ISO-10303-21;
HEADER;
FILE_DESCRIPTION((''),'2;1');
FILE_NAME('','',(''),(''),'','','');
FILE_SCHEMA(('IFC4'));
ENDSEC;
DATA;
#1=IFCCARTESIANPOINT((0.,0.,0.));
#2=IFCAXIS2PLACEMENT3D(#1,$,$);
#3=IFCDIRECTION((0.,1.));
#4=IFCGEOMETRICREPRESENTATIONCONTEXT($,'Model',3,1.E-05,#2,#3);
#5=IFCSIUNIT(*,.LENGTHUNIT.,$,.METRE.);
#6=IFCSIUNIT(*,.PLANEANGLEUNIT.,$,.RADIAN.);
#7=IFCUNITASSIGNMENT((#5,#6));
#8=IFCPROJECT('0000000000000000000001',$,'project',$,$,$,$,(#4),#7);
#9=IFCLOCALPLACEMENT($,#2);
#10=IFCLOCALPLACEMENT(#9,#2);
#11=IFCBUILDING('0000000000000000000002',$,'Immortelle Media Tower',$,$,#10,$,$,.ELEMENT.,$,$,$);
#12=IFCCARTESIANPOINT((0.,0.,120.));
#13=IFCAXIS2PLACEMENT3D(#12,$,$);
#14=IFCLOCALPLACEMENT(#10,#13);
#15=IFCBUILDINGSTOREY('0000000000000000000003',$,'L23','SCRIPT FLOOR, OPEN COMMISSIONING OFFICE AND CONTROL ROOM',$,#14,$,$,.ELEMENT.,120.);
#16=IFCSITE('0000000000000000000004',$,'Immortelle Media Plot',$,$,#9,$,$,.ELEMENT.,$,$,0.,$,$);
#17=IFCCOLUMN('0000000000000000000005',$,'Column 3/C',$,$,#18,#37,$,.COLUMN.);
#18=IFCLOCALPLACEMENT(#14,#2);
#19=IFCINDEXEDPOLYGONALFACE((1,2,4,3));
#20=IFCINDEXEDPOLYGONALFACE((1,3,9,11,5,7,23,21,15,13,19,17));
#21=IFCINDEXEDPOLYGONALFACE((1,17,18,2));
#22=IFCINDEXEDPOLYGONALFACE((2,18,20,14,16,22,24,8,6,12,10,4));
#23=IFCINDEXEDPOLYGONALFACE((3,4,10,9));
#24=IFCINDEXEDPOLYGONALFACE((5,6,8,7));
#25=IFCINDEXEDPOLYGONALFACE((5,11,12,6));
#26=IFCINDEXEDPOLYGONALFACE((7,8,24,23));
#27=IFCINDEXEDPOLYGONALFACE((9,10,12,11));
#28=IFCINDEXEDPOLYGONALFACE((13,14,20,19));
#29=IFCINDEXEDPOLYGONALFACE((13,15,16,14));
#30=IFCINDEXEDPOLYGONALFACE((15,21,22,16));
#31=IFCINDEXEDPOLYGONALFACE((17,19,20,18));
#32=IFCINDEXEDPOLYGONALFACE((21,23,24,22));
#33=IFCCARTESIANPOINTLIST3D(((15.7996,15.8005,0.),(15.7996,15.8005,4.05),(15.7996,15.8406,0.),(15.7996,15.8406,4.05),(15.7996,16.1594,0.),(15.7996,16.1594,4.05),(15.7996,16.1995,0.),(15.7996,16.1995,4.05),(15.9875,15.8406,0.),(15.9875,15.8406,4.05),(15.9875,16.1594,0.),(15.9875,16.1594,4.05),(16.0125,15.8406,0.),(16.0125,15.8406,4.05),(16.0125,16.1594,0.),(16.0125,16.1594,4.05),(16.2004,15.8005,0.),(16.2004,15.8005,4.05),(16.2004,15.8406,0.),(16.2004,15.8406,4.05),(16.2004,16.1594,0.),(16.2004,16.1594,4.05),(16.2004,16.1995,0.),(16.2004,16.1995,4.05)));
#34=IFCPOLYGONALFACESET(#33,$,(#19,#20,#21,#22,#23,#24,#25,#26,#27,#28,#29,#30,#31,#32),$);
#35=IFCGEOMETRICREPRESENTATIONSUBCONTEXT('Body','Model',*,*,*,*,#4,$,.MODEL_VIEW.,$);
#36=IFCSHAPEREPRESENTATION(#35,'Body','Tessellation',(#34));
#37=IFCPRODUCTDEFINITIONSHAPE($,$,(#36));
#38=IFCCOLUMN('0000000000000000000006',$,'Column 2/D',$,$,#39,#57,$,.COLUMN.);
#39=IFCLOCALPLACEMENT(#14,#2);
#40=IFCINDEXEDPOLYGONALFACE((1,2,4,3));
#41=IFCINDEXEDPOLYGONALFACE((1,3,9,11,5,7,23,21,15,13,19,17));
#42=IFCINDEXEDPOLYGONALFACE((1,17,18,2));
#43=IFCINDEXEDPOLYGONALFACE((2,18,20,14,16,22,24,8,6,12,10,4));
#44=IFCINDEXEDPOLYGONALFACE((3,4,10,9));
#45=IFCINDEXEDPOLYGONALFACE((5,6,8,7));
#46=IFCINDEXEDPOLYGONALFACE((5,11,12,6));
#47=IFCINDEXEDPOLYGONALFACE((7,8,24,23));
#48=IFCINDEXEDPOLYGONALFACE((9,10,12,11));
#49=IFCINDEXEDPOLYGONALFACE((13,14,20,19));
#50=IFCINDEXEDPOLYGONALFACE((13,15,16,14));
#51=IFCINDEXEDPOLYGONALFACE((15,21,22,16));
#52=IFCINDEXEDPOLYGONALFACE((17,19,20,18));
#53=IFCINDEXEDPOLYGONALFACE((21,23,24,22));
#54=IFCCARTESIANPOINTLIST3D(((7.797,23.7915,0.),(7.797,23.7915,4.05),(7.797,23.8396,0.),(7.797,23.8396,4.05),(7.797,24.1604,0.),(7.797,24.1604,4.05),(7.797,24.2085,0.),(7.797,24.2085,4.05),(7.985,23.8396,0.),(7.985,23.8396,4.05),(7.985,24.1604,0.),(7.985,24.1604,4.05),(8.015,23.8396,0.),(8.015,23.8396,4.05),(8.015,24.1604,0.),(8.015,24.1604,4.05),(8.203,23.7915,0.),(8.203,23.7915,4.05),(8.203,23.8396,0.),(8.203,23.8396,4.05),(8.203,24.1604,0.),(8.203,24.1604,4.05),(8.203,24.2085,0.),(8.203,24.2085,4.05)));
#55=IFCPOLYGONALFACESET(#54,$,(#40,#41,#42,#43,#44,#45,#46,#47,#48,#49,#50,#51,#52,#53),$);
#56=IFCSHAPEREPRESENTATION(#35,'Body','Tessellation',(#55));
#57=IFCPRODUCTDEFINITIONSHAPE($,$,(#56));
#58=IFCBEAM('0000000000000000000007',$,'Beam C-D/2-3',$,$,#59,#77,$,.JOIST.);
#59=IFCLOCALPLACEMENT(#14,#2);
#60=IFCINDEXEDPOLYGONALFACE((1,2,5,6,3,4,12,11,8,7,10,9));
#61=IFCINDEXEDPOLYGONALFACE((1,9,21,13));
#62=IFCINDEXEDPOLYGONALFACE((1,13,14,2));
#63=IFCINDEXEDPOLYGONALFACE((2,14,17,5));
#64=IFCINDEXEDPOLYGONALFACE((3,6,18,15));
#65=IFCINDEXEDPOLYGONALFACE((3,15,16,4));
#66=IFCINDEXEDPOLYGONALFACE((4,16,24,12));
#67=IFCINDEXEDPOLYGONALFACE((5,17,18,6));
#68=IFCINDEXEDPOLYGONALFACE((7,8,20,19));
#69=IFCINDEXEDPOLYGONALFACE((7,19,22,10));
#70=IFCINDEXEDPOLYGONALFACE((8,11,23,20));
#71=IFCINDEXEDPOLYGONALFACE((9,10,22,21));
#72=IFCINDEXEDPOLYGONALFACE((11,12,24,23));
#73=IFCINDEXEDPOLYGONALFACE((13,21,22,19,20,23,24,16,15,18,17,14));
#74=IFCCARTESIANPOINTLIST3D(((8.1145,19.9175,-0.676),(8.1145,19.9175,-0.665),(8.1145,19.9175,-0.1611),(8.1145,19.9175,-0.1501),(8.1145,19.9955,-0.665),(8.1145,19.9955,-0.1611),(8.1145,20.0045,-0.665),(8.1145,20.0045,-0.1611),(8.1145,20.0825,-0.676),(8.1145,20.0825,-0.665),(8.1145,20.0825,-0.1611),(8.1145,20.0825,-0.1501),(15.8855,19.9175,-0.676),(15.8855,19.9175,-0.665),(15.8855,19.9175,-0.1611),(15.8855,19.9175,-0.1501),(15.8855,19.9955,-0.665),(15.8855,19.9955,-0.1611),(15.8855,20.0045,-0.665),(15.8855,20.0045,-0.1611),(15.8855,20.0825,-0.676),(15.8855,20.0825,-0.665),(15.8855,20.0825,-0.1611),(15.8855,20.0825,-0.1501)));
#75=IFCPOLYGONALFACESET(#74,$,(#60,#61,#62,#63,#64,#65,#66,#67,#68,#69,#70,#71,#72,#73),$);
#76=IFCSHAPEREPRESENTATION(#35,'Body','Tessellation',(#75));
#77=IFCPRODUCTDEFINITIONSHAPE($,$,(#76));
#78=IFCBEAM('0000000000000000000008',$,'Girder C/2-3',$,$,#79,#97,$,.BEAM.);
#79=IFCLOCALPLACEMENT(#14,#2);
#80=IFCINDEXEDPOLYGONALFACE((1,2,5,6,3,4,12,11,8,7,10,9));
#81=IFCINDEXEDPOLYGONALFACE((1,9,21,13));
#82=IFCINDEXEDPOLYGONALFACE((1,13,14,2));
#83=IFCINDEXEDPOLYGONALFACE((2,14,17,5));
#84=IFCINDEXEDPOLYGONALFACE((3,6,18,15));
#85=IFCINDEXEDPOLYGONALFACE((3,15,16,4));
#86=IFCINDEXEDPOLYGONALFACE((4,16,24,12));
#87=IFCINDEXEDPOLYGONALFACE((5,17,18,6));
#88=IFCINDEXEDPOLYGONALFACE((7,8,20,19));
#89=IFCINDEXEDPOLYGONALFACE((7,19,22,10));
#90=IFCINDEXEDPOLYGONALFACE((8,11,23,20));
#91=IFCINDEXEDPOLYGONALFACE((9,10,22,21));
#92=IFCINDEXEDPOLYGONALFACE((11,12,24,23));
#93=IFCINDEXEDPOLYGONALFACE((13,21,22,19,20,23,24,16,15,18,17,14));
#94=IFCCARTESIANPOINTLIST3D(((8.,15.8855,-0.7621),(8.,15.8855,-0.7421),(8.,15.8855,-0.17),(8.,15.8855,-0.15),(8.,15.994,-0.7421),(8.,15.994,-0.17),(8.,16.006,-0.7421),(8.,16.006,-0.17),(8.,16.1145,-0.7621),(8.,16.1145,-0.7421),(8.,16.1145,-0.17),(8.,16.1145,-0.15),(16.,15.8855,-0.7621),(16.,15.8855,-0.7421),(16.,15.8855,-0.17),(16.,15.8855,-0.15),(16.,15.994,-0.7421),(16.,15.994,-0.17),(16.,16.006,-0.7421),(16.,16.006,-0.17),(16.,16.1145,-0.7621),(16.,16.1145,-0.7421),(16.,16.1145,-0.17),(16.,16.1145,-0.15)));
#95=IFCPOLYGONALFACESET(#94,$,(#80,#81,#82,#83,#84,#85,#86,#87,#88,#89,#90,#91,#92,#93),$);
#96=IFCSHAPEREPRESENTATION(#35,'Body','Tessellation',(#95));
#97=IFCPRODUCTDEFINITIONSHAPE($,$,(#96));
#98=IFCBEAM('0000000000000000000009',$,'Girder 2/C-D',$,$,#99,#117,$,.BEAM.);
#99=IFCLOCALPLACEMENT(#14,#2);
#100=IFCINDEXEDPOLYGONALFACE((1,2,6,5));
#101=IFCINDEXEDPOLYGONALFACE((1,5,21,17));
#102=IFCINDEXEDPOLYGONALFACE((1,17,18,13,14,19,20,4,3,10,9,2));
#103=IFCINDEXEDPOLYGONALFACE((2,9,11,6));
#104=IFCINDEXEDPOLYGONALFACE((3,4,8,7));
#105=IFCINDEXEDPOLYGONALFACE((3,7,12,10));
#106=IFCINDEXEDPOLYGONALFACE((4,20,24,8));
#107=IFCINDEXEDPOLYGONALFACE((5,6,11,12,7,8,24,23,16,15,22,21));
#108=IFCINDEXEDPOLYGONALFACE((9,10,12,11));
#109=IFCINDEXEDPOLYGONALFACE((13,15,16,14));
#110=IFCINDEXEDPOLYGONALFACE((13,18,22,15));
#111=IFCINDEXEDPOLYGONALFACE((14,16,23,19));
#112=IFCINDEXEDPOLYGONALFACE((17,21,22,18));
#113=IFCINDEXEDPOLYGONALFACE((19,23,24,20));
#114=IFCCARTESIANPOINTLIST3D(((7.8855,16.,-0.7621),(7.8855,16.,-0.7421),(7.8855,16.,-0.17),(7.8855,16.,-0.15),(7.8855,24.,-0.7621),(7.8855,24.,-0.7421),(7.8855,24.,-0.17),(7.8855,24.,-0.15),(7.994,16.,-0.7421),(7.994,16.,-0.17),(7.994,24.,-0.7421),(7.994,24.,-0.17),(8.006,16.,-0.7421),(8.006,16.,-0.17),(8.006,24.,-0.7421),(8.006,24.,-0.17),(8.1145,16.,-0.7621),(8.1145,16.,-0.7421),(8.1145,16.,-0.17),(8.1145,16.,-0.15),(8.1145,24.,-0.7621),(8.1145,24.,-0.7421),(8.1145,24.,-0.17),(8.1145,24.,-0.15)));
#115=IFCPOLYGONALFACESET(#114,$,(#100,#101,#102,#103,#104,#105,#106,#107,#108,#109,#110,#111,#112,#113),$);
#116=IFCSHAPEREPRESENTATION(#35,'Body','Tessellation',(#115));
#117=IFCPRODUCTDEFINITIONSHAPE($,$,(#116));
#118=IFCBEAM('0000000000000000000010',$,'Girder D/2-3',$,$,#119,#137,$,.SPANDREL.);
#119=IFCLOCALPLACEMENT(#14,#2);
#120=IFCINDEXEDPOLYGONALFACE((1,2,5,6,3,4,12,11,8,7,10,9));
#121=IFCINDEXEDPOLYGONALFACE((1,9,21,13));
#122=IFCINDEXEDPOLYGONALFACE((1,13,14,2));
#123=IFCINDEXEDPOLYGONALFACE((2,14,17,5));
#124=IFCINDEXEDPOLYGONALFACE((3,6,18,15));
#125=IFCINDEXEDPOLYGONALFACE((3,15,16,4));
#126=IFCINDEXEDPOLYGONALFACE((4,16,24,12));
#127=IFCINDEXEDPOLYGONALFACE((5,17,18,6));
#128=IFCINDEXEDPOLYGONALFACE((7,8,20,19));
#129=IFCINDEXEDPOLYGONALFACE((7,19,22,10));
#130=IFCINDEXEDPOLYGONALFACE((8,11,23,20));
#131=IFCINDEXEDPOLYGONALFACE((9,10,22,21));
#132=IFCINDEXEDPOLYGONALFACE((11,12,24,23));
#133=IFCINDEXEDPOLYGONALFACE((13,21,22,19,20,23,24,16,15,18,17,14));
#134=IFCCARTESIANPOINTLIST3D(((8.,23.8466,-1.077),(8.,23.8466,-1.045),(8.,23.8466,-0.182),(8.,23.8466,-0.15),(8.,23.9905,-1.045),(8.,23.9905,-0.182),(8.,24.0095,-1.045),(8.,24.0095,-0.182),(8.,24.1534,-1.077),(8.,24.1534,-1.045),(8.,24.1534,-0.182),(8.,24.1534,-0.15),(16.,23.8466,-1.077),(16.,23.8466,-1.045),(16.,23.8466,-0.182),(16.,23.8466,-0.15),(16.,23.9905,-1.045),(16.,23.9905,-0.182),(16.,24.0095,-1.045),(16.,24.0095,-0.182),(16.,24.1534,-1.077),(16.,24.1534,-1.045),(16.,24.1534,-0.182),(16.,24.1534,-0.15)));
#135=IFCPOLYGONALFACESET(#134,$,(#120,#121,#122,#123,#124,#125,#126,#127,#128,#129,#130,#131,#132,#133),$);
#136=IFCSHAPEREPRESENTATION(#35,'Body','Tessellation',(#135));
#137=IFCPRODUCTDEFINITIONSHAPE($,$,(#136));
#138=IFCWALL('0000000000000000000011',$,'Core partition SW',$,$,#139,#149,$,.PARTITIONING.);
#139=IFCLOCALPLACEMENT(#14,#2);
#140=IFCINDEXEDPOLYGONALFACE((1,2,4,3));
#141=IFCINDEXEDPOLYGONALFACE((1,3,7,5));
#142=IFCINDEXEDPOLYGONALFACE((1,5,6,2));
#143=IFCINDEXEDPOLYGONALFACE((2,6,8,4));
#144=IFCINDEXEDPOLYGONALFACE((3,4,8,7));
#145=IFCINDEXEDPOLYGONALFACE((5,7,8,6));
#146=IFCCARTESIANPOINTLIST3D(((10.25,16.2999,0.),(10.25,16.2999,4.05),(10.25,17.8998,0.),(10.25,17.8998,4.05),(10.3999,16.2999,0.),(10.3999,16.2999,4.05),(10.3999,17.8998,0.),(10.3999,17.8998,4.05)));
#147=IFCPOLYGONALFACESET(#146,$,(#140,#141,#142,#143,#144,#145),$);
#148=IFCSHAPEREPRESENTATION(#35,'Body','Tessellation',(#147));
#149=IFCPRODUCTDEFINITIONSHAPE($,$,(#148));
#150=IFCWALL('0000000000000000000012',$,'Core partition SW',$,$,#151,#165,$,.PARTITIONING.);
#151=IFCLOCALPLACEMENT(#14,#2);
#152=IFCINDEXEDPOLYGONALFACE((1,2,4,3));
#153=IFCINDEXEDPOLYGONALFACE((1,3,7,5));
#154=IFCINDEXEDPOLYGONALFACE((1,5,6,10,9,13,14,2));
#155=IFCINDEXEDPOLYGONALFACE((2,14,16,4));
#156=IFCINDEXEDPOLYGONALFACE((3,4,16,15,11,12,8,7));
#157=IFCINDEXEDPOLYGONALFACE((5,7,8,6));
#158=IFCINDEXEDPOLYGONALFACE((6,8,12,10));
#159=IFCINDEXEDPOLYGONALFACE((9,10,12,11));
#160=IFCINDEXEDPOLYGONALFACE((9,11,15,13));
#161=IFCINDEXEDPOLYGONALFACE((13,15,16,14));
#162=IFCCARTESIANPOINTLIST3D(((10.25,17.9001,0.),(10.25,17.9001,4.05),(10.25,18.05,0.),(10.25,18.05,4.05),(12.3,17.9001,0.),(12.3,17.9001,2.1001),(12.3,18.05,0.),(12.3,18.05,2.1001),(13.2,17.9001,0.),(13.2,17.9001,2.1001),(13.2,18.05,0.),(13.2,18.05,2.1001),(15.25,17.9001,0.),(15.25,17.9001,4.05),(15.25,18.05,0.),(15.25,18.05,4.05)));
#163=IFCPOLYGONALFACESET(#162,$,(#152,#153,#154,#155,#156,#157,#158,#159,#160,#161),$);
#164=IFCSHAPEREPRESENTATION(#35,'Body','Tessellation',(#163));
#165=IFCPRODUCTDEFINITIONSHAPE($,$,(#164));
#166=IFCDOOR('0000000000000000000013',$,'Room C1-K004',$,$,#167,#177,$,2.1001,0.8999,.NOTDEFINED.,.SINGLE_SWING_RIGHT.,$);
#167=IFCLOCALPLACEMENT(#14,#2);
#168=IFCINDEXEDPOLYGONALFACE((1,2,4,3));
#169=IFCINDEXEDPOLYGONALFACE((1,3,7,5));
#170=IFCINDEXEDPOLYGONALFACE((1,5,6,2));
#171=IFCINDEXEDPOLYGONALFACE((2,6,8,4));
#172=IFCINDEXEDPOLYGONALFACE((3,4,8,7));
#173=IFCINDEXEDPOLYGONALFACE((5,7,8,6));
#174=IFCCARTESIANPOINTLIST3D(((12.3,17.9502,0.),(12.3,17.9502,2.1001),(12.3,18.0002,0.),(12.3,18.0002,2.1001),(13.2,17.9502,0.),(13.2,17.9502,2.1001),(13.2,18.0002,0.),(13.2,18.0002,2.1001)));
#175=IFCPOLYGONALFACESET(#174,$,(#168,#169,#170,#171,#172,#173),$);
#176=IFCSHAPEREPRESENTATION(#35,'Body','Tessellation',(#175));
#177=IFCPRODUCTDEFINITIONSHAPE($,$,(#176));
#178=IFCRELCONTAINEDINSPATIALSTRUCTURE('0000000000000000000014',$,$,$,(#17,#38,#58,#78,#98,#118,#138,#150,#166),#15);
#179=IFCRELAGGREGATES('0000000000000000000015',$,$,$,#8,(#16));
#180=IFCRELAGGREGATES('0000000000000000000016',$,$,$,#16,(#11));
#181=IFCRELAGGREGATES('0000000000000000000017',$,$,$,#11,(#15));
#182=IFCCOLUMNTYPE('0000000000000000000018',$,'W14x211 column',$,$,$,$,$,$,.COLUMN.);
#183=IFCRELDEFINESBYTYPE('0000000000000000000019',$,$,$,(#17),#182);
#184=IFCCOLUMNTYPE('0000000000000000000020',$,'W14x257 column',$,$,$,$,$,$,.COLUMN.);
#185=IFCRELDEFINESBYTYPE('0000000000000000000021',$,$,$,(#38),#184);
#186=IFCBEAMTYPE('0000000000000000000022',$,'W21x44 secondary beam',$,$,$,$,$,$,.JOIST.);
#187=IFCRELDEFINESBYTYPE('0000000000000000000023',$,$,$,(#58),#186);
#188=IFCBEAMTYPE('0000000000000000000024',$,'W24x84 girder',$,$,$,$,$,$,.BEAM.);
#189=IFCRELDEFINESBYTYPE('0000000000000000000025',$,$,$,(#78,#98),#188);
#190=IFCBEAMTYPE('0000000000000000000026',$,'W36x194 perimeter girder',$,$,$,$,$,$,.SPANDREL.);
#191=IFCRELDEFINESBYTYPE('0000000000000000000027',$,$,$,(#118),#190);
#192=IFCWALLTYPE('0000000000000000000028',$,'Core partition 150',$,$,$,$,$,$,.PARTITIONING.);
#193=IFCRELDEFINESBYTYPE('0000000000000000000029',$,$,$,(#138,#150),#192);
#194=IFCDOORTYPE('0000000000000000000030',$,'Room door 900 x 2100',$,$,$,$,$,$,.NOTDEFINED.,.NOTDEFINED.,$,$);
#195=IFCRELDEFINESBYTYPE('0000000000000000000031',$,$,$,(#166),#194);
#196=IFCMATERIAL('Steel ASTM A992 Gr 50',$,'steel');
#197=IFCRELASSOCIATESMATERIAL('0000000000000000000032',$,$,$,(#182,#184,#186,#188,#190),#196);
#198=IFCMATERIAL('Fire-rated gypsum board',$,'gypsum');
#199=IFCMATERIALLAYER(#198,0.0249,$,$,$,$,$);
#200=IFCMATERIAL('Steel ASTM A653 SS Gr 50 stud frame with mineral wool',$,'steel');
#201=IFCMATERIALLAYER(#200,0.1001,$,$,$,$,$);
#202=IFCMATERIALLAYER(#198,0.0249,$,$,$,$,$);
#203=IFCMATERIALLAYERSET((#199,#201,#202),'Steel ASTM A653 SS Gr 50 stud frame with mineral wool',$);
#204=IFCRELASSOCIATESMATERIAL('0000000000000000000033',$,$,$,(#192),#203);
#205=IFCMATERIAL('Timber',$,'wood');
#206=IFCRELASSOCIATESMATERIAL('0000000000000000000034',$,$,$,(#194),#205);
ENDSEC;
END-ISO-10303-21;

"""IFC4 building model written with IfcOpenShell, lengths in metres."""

from ifc_helpers import new_model, si_unit, direction, frame, frame_2d, origin, origin_2d, place, context, subcontext, project, spatial, rectangle, i_section, extrude, material, layer, layer_set, material_profile, profile_set, type_object, element, fill, save


model = new_model("IFC4")

# Units and contexts
model_context = context("Model", 3, precision=1e-05, world=origin(), true_north=direction((0.0, 1.0)))
body_context = subcontext(model_context, "Body", "Model", "MODEL_VIEW")
ifc_project = project(units=[si_unit("LENGTHUNIT", "METRE"), si_unit("PLANEANGLEUNIT", "RADIAN")], contexts=[model_context])

# Site, building, storey
site_placement = place(None, origin())
site = spatial("IfcSite", under=ifc_project, at=site_placement, Name="Immortelle Media Plot", CompositionType="ELEMENT", RefElevation=0.0)
building_placement = place(site_placement, origin())
building = spatial("IfcBuilding", under=site, at=building_placement, Name="Immortelle Media Tower", CompositionType="ELEMENT")
storey_placement = place(building_placement, frame((0.0, 0.0, 120.0)))
storey = spatial("IfcBuildingStorey", under=building, at=storey_placement, Name="L23", Description="SCRIPT FLOOR, OPEN COMMISSIONING OFFICE AND CONTROL ROOM", CompositionType="ELEMENT", Elevation=120.0)

# Columns
ifc_material_1 = material(Name="Steel ASTM A992 Gr 50", Category="steel")
ifc_material_profile_1 = material_profile(ifc_material_1, i_section(OverallWidth=0.4009, OverallDepth=0.3989, WebThickness=0.0249, FlangeThickness=0.04, at=origin_2d()), Name="W14x211")
ifc_profile_set_1 = profile_set([ifc_material_profile_1], Name="Steel ASTM A992 Gr 50")
column_type_1 = type_object("IfcColumnType", Name="W14x211 column", PredefinedType="COLUMN", material=ifc_profile_set_1)
column_1_placement = place(storey_placement, frame((16.0, 16.0, 0.0), z_axis=(0.0, 0.0, 1.0), x_axis=(1.0, 0.0, 0.0)))
element("IfcColumn", 1, at=column_1_placement, inside=storey, type_object=column_type_1, Name="Column 3/C", PredefinedType="COLUMN", context=body_context, shape_type="SweptSolid", body=[
    extrude(i_section(OverallWidth=0.4009, OverallDepth=0.3989, WebThickness=0.0249, FlangeThickness=0.04, at=origin_2d()), origin(), (0.0, 0.0, 1.0), 4.05),
])
ifc_material_profile_2 = material_profile(ifc_material_1, i_section(OverallWidth=0.406, OverallDepth=0.417, WebThickness=0.03, FlangeThickness=0.0481, at=origin_2d()), Name="W14x257")
ifc_profile_set_2 = profile_set([ifc_material_profile_2], Name="Steel ASTM A992 Gr 50")
column_type_2 = type_object("IfcColumnType", Name="W14x257 column", PredefinedType="COLUMN", material=ifc_profile_set_2)
column_2_placement = place(storey_placement, frame((8.0, 24.0, 0.0), z_axis=(0.0, 0.0, 1.0), x_axis=(1.0, 0.0, 0.0)))
element("IfcColumn", 2, at=column_2_placement, inside=storey, type_object=column_type_2, Name="Column 2/D", PredefinedType="COLUMN", context=body_context, shape_type="SweptSolid", body=[
    extrude(i_section(OverallWidth=0.406, OverallDepth=0.417, WebThickness=0.03, FlangeThickness=0.0481, at=origin_2d()), origin(), (0.0, 0.0, 1.0), 4.05),
])

# Beams
ifc_material_profile_3 = material_profile(ifc_material_1, i_section(OverallWidth=0.165, OverallDepth=0.5259, WebThickness=0.009, FlangeThickness=0.011, at=origin_2d()), Name="W21x44")
ifc_profile_set_3 = profile_set([ifc_material_profile_3], Name="Steel ASTM A992 Gr 50")
beam_type_1 = type_object("IfcBeamType", Name="W21x44 secondary beam", PredefinedType="JOIST", material=ifc_profile_set_3)
beam_1_placement = place(storey_placement, frame((8.1145, 20.0, -0.4131), z_axis=(1.0, 0.0, 0.0), x_axis=(0.0, 1.0, 0.0)))
element("IfcBeam", 3, at=beam_1_placement, inside=storey, type_object=beam_type_1, Name="Beam C-D/2-3", PredefinedType="JOIST", context=body_context, shape_type="SweptSolid", body=[
    extrude(i_section(OverallWidth=0.165, OverallDepth=0.5259, WebThickness=0.009, FlangeThickness=0.011, at=origin_2d()), origin(), (0.0, 0.0, 1.0), 7.771),
])
ifc_material_profile_4 = material_profile(ifc_material_1, i_section(OverallWidth=0.229, OverallDepth=0.6121, WebThickness=0.012, FlangeThickness=0.02, at=origin_2d()), Name="W24x84")
ifc_profile_set_4 = profile_set([ifc_material_profile_4], Name="Steel ASTM A992 Gr 50")
beam_type_2 = type_object("IfcBeamType", Name="W24x84 girder", PredefinedType="BEAM", material=ifc_profile_set_4)
for number, where, z_axis, x_axis, name in (
    (4, (8.0, 16.0, -0.4561), (1.0, 0.0, 0.0), (0.0, 1.0, 0.0), "Girder C/2-3"),
    (5, (8.0, 16.0, -0.4561), (0.0, 1.0, 0.0), (-1.0, 0.0, 0.0), "Girder 2/C-D"),
):
    element("IfcBeam", number, at=place(storey_placement, frame(where, z_axis=z_axis, x_axis=x_axis)), inside=storey, type_object=beam_type_2, Name=name, PredefinedType="BEAM", context=body_context, shape_type="SweptSolid", body=[
        extrude(i_section(OverallWidth=0.229, OverallDepth=0.6121, WebThickness=0.012, FlangeThickness=0.02, at=origin_2d()), origin(), (0.0, 0.0, 1.0), 8.0),
    ])
ifc_material_profile_5 = material_profile(ifc_material_1, i_section(OverallWidth=0.3069, OverallDepth=0.927, WebThickness=0.019, FlangeThickness=0.032, at=origin_2d()), Name="W36x194")
ifc_profile_set_5 = profile_set([ifc_material_profile_5], Name="Steel ASTM A992 Gr 50")
beam_type_3 = type_object("IfcBeamType", Name="W36x194 perimeter girder", PredefinedType="SPANDREL", material=ifc_profile_set_5)
beam_2_placement = place(storey_placement, frame((8.0, 24.0, -0.6135), z_axis=(1.0, 0.0, 0.0), x_axis=(0.0, 1.0, 0.0)))
element("IfcBeam", 6, at=beam_2_placement, inside=storey, type_object=beam_type_3, Name="Girder D/2-3", PredefinedType="SPANDREL", context=body_context, shape_type="SweptSolid", body=[
    extrude(i_section(OverallWidth=0.3069, OverallDepth=0.927, WebThickness=0.019, FlangeThickness=0.032, at=origin_2d()), origin(), (0.0, 0.0, 1.0), 8.0),
])

# Wall
ifc_material_2 = material(Name="Fire-rated gypsum board", Category="gypsum")
ifc_layer_1 = layer(ifc_material_2, 0.0249)
ifc_material_3 = material(Name="Steel ASTM A653 SS Gr 50 stud frame with mineral wool", Category="steel")
ifc_layer_2 = layer(ifc_material_3, 0.1001)
ifc_layer_3 = layer(ifc_material_2, 0.0249)
ifc_layer_set_1 = layer_set([ifc_layer_1, ifc_layer_2, ifc_layer_3], Name="Steel ASTM A653 SS Gr 50 stud frame with mineral wool")
wall_type_1 = type_object("IfcWallType", Name="Core partition 150", PredefinedType="PARTITIONING", material=ifc_layer_set_1)
wall_1_placement = place(storey_placement, frame((10.325, 16.3, 0.0), z_axis=(0.0, 0.0, 1.0), x_axis=(0.0, 1.0, 0.0)))
element("IfcWall", 7, at=wall_1_placement, inside=storey, type_object=wall_type_1, Name="Core partition SW", PredefinedType="PARTITIONING", context=body_context, shape_type="SweptSolid", body=[
    extrude(rectangle(XDim=1.5999, YDim=0.1499, at=frame_2d((0.7998, 0.0))), origin(), (0.0, 0.0, 1.0), 4.05),
])

# Wall, opening, door
wall_2_placement = place(storey_placement, frame((10.25, 17.9751, 0.0), z_axis=(0.0, 0.0, 1.0), x_axis=(1.0, 0.0, 0.0)))
wall_2 = element("IfcWall", 8, at=wall_2_placement, inside=storey, type_object=wall_type_1, Name="Core partition SW", PredefinedType="PARTITIONING", context=body_context, shape_type="SweptSolid", body=[
    extrude(rectangle(XDim=5.0, YDim=0.1499, at=frame_2d((2.5, 0.0))), origin(), (0.0, 0.0, 1.0), 4.05),
])
opening_1_placement = place(wall_2_placement, frame((2.95, 0.0, 0.0), z_axis=(0.0, 0.0, 1.0), x_axis=(-1.0, 0.0, 0.0)))
opening_1 = element("IfcOpeningElement", 9, at=opening_1_placement, cuts=wall_2, PredefinedType="OPENING", context=body_context, shape_type="SweptSolid", body=[
    extrude(rectangle(XDim=0.8999, YDim=2.1001, at=frame_2d((0.45, 1.05))), frame((0.0, 0.085, 0.0), z_axis=(0.0, -1.0, 0.0), x_axis=(1.0, 0.0, 0.0)), (0.0, 0.0, 1.0), 0.1699),
])
ifc_material_4 = material(Name="Timber", Category="wood")
door_type_1 = type_object("IfcDoorType", Name="Room door 900 x 2100", OperationType="NOTDEFINED", PredefinedType="NOTDEFINED", material=ifc_material_4)
door_1_placement = place(opening_1_placement, origin())
door_1 = element("IfcDoor", 10, at=door_1_placement, inside=storey, type_object=door_type_1, Name="Room C1-K004", OperationType="SINGLE_SWING_RIGHT", OverallHeight=2.1001, OverallWidth=0.8999, PredefinedType="NOTDEFINED", context=body_context, shape_type="SweptSolid", body=[
    extrude(rectangle(XDim=0.8999, YDim=2.1001, at=frame_2d((0.45, 1.05))), frame((0.0, 0.0249, 0.0), z_axis=(0.0, -1.0, 0.0), x_axis=(1.0, 0.0, 0.0)), (0.0, 0.0, 1.0), 0.05),
])
fill(opening_1, door_1)

save(model, "model.ifc")
